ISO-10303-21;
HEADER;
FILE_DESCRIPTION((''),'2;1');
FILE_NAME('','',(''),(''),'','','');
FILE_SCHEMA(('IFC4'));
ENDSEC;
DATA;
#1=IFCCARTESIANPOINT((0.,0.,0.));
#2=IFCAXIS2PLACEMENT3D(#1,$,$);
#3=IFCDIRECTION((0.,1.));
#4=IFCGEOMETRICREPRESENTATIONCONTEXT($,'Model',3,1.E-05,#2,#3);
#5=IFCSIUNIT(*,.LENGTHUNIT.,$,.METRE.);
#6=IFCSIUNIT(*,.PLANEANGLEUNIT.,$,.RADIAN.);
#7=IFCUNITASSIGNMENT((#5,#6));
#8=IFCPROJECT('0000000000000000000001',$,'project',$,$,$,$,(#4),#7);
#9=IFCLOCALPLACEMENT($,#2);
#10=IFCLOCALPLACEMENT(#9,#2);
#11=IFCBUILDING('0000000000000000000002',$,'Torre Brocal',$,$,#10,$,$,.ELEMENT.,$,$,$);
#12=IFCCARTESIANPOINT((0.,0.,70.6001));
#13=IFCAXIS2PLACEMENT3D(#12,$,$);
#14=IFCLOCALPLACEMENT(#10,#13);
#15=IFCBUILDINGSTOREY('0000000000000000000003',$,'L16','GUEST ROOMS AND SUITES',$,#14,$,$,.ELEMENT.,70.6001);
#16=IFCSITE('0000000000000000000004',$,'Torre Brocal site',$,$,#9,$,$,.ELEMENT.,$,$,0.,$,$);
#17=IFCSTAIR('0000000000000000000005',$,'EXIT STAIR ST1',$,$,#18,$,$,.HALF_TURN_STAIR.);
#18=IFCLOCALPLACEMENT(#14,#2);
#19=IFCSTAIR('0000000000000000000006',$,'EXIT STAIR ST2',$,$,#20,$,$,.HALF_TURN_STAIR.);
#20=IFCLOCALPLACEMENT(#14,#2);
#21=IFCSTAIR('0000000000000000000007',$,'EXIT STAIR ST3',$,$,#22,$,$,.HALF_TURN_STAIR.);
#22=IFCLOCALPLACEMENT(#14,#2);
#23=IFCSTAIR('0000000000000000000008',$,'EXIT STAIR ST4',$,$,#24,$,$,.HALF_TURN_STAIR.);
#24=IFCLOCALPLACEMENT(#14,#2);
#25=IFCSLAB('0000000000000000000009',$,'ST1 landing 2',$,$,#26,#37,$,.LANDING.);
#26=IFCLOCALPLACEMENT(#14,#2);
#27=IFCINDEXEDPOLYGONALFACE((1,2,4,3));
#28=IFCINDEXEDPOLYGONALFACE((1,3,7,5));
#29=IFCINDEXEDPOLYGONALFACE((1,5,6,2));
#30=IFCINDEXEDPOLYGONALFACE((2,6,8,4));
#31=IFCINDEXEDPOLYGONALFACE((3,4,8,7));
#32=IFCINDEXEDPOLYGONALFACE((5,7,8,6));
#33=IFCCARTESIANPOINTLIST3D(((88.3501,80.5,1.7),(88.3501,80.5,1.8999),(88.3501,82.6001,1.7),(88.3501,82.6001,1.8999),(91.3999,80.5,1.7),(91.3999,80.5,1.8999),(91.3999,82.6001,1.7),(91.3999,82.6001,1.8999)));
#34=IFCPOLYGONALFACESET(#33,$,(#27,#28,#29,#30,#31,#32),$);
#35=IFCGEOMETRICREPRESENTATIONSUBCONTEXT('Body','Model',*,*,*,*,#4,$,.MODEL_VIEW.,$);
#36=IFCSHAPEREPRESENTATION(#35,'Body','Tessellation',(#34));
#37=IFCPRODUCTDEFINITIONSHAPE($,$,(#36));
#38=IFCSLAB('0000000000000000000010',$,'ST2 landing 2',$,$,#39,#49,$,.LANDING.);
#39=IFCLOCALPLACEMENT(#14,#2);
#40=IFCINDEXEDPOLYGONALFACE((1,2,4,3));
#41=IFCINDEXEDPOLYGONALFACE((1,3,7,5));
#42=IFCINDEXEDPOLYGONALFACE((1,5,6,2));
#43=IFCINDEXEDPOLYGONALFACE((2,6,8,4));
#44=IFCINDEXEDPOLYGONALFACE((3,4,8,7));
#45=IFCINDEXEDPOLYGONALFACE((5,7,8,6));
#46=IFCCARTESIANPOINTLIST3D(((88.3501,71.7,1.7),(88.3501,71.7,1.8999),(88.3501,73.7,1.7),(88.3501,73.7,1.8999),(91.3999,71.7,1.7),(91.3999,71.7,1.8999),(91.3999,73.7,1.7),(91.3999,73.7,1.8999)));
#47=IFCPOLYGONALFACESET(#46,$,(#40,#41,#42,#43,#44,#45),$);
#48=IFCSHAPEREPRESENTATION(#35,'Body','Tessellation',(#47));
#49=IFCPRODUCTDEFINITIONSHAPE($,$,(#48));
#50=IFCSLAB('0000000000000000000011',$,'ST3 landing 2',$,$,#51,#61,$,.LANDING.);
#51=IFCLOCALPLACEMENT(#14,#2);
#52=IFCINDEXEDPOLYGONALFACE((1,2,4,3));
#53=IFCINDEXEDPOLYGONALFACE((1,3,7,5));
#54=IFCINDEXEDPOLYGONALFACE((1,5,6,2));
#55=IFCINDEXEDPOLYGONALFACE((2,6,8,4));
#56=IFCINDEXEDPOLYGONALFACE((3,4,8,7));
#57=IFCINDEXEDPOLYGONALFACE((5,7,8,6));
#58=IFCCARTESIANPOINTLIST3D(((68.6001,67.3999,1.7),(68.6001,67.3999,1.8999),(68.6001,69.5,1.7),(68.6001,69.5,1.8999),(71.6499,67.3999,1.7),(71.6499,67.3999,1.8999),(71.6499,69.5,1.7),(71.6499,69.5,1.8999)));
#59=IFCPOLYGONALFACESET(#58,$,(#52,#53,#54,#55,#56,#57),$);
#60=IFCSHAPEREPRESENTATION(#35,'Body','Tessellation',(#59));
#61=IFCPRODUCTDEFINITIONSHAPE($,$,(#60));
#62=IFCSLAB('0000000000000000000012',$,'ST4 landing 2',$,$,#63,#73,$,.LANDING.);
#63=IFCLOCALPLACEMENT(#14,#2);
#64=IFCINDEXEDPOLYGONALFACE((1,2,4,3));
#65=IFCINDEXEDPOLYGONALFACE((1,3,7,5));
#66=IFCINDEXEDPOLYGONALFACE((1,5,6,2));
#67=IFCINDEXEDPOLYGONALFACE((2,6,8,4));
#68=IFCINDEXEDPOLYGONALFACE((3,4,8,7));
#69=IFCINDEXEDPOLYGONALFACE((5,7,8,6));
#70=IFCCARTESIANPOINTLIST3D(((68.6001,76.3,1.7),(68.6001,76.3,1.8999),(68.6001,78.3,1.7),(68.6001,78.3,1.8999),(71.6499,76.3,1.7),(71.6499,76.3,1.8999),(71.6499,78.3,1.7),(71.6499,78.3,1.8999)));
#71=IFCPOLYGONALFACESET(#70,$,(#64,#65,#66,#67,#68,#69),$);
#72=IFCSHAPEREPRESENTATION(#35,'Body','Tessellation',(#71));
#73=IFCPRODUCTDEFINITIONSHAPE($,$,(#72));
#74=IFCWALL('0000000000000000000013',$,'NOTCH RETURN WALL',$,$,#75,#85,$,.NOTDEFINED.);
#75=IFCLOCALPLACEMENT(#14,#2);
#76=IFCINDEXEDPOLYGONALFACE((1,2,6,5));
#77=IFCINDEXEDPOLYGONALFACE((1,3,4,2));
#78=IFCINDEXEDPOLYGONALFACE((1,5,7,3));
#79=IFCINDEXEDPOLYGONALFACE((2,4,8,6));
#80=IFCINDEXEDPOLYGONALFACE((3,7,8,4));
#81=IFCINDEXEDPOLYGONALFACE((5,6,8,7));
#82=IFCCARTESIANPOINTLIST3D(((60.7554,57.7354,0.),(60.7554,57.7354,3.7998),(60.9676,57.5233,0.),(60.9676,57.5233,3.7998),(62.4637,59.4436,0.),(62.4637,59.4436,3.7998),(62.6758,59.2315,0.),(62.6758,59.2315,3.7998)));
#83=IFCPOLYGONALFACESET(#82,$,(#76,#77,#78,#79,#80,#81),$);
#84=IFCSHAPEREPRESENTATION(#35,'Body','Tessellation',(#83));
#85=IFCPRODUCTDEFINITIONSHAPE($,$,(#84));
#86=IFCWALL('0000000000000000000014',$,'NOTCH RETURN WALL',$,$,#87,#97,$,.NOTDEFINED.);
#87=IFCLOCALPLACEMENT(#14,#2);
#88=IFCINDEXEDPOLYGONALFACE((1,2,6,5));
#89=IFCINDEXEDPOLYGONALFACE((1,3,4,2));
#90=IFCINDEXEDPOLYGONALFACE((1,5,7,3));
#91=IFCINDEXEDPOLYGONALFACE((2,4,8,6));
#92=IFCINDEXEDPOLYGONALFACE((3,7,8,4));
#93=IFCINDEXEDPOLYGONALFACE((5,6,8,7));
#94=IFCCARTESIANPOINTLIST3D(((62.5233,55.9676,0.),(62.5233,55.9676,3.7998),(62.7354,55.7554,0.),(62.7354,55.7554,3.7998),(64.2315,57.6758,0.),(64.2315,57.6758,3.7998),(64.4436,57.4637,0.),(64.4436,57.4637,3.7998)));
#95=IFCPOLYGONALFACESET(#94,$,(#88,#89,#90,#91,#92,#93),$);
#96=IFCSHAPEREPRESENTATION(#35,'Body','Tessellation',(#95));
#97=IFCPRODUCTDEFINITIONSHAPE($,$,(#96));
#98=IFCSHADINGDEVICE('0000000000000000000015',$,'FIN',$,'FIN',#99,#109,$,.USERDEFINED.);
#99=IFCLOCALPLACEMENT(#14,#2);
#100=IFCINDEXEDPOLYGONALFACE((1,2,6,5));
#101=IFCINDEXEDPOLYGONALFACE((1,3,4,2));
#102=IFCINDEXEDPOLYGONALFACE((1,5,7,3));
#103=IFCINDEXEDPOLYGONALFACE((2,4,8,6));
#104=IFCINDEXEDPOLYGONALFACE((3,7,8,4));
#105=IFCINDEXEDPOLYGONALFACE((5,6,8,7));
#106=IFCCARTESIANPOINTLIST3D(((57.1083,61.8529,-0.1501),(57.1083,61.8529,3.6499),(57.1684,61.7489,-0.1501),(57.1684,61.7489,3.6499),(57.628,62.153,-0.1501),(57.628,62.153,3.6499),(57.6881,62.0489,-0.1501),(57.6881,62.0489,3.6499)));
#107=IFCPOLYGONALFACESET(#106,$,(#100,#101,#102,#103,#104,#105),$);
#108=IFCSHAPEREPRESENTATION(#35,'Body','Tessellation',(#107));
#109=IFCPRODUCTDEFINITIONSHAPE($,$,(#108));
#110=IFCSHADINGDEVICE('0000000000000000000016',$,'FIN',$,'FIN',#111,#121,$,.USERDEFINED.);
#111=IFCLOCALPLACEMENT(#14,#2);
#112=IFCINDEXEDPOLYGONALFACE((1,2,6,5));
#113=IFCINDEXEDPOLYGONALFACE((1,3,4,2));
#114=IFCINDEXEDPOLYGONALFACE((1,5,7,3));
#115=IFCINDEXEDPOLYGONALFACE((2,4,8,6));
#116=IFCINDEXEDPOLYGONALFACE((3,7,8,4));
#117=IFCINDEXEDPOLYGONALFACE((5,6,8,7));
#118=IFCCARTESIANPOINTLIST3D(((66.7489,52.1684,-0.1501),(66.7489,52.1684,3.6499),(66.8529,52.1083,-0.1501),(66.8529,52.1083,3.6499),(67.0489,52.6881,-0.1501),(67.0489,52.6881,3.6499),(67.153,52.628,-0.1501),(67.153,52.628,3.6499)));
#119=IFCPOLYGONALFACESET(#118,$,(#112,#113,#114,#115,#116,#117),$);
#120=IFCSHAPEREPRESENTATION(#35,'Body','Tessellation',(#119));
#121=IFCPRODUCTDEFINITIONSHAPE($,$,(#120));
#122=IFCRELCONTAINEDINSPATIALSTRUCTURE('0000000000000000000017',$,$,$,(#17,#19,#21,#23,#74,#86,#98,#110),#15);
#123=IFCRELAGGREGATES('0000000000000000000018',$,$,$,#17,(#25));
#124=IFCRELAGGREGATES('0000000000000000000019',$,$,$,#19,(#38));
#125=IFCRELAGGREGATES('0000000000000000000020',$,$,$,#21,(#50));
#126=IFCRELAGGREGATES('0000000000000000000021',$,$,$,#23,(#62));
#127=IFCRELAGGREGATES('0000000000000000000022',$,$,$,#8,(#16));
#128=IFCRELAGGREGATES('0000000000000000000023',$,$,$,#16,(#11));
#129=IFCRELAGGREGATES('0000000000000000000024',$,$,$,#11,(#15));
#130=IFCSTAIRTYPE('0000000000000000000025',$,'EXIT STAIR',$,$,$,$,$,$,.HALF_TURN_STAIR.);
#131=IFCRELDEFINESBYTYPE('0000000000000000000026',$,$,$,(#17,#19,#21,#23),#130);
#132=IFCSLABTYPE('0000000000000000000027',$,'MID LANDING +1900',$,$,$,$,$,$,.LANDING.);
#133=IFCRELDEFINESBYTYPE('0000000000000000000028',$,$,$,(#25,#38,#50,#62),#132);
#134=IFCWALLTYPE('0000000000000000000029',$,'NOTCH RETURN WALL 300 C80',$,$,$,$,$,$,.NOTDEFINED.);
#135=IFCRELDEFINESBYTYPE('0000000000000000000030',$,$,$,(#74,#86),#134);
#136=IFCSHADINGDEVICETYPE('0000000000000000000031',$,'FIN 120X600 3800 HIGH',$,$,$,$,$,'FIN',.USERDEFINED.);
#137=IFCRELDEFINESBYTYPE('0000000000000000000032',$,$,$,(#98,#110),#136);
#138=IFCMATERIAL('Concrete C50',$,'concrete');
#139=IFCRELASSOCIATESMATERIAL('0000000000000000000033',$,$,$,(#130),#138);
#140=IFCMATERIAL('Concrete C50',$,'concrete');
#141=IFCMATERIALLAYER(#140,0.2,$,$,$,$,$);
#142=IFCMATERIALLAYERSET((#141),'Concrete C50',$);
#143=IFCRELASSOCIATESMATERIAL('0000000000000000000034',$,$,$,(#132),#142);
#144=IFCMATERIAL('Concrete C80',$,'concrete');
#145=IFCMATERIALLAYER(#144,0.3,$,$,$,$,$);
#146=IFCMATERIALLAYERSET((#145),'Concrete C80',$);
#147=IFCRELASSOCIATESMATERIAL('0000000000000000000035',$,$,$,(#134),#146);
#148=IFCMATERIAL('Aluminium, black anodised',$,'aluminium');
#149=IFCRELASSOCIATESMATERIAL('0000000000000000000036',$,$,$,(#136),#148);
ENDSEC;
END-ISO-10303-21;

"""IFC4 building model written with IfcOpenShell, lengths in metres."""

from ifc_helpers import new_model, si_unit, direction, frame, frame_2d, origin, origin_2d, place, context, subcontext, project, spatial, polyline, rectangle, outline, extrude, material, layer, layer_set, material_profile, profile_set, type_object, element, aggregate, save


model = new_model("IFC4")

# Units and contexts
model_context = context("Model", 3, precision=1e-05, world=origin(), true_north=direction((0.0, 1.0)))
body_context = subcontext(model_context, "Body", "Model", "MODEL_VIEW")
ifc_project = project(units=[si_unit("LENGTHUNIT", "METRE"), si_unit("PLANEANGLEUNIT", "RADIAN")], contexts=[model_context])

# Site, building, storey
site_placement = place(None, origin())
site = spatial("IfcSite", under=ifc_project, at=site_placement, Name="Torre Brocal site", CompositionType="ELEMENT", RefElevation=0.0)
building_placement = place(site_placement, origin())
building = spatial("IfcBuilding", under=site, at=building_placement, Name="Torre Brocal", CompositionType="ELEMENT")
storey_placement = place(building_placement, frame((0.0, 0.0, 70.6001)))
storey = spatial("IfcBuildingStorey", under=building, at=storey_placement, Name="L16", Description="GUEST ROOMS AND SUITES", CompositionType="ELEMENT", Elevation=70.6001)

# Stairs
ifc_material_1 = material(Name="Concrete C50", Category="concrete")
stair_type = type_object("IfcStairType", Name="EXIT STAIR", PredefinedType="HALF_TURN_STAIR", material=ifc_material_1)
stair_1_placement = place(storey_placement, origin())
stair_1 = element("IfcStair", 1, at=stair_1_placement, inside=storey, type_object=stair_type, Name="EXIT STAIR ST1", PredefinedType="HALF_TURN_STAIR")
stair_2_placement = place(storey_placement, origin())
stair_2 = element("IfcStair", 2, at=stair_2_placement, inside=storey, type_object=stair_type, Name="EXIT STAIR ST2", PredefinedType="HALF_TURN_STAIR")
stair_3_placement = place(storey_placement, origin())
stair_3 = element("IfcStair", 3, at=stair_3_placement, inside=storey, type_object=stair_type, Name="EXIT STAIR ST3", PredefinedType="HALF_TURN_STAIR")
stair_4_placement = place(storey_placement, origin())
stair_4 = element("IfcStair", 4, at=stair_4_placement, inside=storey, type_object=stair_type, Name="EXIT STAIR ST4", PredefinedType="HALF_TURN_STAIR")

# Slabs
ifc_material_2 = material(Name="Concrete C50", Category="concrete")
ifc_layer_1 = layer(ifc_material_2, 0.2)
ifc_layer_set_1 = layer_set([ifc_layer_1], Name="Concrete C50")
slab_type_1 = type_object("IfcSlabType", Name="MID LANDING +1900", PredefinedType="LANDING", material=ifc_layer_set_1)
slab_1_placement = place(storey_placement, frame((0.0, 0.0, 1.7)))
slab_1 = element("IfcSlab", 5, at=slab_1_placement, type_object=slab_type_1, Name="ST1 landing 2", PredefinedType="LANDING", context=body_context, shape_type="SweptSolid", body=[
    extrude(outline(polyline([(88.3501, 80.5), (91.3999, 80.5), (91.3999, 82.6001), (88.3501, 82.6001), (88.3501, 80.5)])), origin(), (0.0, 0.0, 1.0), 0.2),
])
aggregate(stair_1, [slab_1])
slab_2_placement = place(storey_placement, frame((0.0, 0.0, 1.7)))
slab_2 = element("IfcSlab", 6, at=slab_2_placement, type_object=slab_type_1, Name="ST2 landing 2", PredefinedType="LANDING", context=body_context, shape_type="SweptSolid", body=[
    extrude(outline(polyline([(88.3501, 71.7), (91.3999, 71.7), (91.3999, 73.7), (88.3501, 73.7), (88.3501, 71.7)])), origin(), (0.0, 0.0, 1.0), 0.2),
])
aggregate(stair_2, [slab_2])
slab_3_placement = place(storey_placement, frame((0.0, 0.0, 1.7)))
slab_3 = element("IfcSlab", 7, at=slab_3_placement, type_object=slab_type_1, Name="ST3 landing 2", PredefinedType="LANDING", context=body_context, shape_type="SweptSolid", body=[
    extrude(outline(polyline([(71.6499, 69.5), (68.6001, 69.5), (68.6001, 67.3999), (71.6499, 67.3999), (71.6499, 69.5)])), origin(), (0.0, 0.0, 1.0), 0.2),
])
aggregate(stair_3, [slab_3])
slab_4_placement = place(storey_placement, frame((0.0, 0.0, 1.7)))
slab_4 = element("IfcSlab", 8, at=slab_4_placement, type_object=slab_type_1, Name="ST4 landing 2", PredefinedType="LANDING", context=body_context, shape_type="SweptSolid", body=[
    extrude(outline(polyline([(71.6499, 78.3), (68.6001, 78.3), (68.6001, 76.3), (71.6499, 76.3), (71.6499, 78.3)])), origin(), (0.0, 0.0, 1.0), 0.2),
])
aggregate(stair_4, [slab_4])

# Walls
ifc_material_3 = material(Name="Concrete C80", Category="concrete")
ifc_layer_2 = layer(ifc_material_3, 0.3)
ifc_layer_set_2 = layer_set([ifc_layer_2], Name="Concrete C80")
wall_type = type_object("IfcWallType", Name="NOTCH RETURN WALL 300 C80", PredefinedType="NOTDEFINED", material=ifc_layer_set_2)
for number, where, z_axis, x_axis, name in (
    (9, (62.5698, 59.3376, 0.0), (0.0, 0.0, 1.0), (-0.707107, -0.707107, 0.0), "NOTCH RETURN WALL"),
    (10, (64.3376, 57.5698, 0.0), (0.0, 0.0, 1.0), (-0.707107, -0.707107, 0.0), "NOTCH RETURN WALL"),
):
    element("IfcWall", number, at=place(storey_placement, frame(where, z_axis=z_axis, x_axis=x_axis)), inside=storey, type_object=wall_type, Name=name, PredefinedType="NOTDEFINED", context=body_context, shape_type="SweptSolid", body=[
        extrude(rectangle(XDim=2.4158, YDim=0.3, at=frame_2d((1.208, 0.0))), origin(), (0.0, 0.0, 1.0), 3.7998),
    ])

# Shading devices
ifc_material_4 = material(Name="Aluminium, black anodised", Category="aluminium")
ifc_material_profile_1 = material_profile(ifc_material_4, rectangle(XDim=0.1201, YDim=0.6001, at=origin_2d()), Name="FIN 120X600 3800 HIGH")
ifc_profile_set_1 = profile_set([ifc_material_profile_1], Name="Aluminium, black anodised")
shading_device_type = type_object("IfcShadingDeviceType", Name="FIN 120X600 3800 HIGH", ElementType="FIN", PredefinedType="USERDEFINED", material=ifc_profile_set_1)
for number, where, z_axis, x_axis, name in (
    (11, (57.3982, 61.9509, -0.1501), (0.0, 0.0, 1.0), (0.5, -0.866025, 0.0), "FIN"),
    (12, (66.9509, 52.3982, -0.1501), (0.0, 0.0, 1.0), (0.866025, -0.5, 0.0), "FIN"),
):
    element("IfcShadingDevice", number, at=place(storey_placement, frame(where, z_axis=z_axis, x_axis=x_axis)), inside=storey, type_object=shading_device_type, Name=name, ObjectType="FIN", PredefinedType="USERDEFINED", context=body_context, shape_type="SweptSolid", body=[
        extrude(rectangle(XDim=0.1201, YDim=0.6001, at=origin_2d()), origin(), (0.0, 0.0, 1.0), 3.8),
    ])

save(model, "model.ifc")
